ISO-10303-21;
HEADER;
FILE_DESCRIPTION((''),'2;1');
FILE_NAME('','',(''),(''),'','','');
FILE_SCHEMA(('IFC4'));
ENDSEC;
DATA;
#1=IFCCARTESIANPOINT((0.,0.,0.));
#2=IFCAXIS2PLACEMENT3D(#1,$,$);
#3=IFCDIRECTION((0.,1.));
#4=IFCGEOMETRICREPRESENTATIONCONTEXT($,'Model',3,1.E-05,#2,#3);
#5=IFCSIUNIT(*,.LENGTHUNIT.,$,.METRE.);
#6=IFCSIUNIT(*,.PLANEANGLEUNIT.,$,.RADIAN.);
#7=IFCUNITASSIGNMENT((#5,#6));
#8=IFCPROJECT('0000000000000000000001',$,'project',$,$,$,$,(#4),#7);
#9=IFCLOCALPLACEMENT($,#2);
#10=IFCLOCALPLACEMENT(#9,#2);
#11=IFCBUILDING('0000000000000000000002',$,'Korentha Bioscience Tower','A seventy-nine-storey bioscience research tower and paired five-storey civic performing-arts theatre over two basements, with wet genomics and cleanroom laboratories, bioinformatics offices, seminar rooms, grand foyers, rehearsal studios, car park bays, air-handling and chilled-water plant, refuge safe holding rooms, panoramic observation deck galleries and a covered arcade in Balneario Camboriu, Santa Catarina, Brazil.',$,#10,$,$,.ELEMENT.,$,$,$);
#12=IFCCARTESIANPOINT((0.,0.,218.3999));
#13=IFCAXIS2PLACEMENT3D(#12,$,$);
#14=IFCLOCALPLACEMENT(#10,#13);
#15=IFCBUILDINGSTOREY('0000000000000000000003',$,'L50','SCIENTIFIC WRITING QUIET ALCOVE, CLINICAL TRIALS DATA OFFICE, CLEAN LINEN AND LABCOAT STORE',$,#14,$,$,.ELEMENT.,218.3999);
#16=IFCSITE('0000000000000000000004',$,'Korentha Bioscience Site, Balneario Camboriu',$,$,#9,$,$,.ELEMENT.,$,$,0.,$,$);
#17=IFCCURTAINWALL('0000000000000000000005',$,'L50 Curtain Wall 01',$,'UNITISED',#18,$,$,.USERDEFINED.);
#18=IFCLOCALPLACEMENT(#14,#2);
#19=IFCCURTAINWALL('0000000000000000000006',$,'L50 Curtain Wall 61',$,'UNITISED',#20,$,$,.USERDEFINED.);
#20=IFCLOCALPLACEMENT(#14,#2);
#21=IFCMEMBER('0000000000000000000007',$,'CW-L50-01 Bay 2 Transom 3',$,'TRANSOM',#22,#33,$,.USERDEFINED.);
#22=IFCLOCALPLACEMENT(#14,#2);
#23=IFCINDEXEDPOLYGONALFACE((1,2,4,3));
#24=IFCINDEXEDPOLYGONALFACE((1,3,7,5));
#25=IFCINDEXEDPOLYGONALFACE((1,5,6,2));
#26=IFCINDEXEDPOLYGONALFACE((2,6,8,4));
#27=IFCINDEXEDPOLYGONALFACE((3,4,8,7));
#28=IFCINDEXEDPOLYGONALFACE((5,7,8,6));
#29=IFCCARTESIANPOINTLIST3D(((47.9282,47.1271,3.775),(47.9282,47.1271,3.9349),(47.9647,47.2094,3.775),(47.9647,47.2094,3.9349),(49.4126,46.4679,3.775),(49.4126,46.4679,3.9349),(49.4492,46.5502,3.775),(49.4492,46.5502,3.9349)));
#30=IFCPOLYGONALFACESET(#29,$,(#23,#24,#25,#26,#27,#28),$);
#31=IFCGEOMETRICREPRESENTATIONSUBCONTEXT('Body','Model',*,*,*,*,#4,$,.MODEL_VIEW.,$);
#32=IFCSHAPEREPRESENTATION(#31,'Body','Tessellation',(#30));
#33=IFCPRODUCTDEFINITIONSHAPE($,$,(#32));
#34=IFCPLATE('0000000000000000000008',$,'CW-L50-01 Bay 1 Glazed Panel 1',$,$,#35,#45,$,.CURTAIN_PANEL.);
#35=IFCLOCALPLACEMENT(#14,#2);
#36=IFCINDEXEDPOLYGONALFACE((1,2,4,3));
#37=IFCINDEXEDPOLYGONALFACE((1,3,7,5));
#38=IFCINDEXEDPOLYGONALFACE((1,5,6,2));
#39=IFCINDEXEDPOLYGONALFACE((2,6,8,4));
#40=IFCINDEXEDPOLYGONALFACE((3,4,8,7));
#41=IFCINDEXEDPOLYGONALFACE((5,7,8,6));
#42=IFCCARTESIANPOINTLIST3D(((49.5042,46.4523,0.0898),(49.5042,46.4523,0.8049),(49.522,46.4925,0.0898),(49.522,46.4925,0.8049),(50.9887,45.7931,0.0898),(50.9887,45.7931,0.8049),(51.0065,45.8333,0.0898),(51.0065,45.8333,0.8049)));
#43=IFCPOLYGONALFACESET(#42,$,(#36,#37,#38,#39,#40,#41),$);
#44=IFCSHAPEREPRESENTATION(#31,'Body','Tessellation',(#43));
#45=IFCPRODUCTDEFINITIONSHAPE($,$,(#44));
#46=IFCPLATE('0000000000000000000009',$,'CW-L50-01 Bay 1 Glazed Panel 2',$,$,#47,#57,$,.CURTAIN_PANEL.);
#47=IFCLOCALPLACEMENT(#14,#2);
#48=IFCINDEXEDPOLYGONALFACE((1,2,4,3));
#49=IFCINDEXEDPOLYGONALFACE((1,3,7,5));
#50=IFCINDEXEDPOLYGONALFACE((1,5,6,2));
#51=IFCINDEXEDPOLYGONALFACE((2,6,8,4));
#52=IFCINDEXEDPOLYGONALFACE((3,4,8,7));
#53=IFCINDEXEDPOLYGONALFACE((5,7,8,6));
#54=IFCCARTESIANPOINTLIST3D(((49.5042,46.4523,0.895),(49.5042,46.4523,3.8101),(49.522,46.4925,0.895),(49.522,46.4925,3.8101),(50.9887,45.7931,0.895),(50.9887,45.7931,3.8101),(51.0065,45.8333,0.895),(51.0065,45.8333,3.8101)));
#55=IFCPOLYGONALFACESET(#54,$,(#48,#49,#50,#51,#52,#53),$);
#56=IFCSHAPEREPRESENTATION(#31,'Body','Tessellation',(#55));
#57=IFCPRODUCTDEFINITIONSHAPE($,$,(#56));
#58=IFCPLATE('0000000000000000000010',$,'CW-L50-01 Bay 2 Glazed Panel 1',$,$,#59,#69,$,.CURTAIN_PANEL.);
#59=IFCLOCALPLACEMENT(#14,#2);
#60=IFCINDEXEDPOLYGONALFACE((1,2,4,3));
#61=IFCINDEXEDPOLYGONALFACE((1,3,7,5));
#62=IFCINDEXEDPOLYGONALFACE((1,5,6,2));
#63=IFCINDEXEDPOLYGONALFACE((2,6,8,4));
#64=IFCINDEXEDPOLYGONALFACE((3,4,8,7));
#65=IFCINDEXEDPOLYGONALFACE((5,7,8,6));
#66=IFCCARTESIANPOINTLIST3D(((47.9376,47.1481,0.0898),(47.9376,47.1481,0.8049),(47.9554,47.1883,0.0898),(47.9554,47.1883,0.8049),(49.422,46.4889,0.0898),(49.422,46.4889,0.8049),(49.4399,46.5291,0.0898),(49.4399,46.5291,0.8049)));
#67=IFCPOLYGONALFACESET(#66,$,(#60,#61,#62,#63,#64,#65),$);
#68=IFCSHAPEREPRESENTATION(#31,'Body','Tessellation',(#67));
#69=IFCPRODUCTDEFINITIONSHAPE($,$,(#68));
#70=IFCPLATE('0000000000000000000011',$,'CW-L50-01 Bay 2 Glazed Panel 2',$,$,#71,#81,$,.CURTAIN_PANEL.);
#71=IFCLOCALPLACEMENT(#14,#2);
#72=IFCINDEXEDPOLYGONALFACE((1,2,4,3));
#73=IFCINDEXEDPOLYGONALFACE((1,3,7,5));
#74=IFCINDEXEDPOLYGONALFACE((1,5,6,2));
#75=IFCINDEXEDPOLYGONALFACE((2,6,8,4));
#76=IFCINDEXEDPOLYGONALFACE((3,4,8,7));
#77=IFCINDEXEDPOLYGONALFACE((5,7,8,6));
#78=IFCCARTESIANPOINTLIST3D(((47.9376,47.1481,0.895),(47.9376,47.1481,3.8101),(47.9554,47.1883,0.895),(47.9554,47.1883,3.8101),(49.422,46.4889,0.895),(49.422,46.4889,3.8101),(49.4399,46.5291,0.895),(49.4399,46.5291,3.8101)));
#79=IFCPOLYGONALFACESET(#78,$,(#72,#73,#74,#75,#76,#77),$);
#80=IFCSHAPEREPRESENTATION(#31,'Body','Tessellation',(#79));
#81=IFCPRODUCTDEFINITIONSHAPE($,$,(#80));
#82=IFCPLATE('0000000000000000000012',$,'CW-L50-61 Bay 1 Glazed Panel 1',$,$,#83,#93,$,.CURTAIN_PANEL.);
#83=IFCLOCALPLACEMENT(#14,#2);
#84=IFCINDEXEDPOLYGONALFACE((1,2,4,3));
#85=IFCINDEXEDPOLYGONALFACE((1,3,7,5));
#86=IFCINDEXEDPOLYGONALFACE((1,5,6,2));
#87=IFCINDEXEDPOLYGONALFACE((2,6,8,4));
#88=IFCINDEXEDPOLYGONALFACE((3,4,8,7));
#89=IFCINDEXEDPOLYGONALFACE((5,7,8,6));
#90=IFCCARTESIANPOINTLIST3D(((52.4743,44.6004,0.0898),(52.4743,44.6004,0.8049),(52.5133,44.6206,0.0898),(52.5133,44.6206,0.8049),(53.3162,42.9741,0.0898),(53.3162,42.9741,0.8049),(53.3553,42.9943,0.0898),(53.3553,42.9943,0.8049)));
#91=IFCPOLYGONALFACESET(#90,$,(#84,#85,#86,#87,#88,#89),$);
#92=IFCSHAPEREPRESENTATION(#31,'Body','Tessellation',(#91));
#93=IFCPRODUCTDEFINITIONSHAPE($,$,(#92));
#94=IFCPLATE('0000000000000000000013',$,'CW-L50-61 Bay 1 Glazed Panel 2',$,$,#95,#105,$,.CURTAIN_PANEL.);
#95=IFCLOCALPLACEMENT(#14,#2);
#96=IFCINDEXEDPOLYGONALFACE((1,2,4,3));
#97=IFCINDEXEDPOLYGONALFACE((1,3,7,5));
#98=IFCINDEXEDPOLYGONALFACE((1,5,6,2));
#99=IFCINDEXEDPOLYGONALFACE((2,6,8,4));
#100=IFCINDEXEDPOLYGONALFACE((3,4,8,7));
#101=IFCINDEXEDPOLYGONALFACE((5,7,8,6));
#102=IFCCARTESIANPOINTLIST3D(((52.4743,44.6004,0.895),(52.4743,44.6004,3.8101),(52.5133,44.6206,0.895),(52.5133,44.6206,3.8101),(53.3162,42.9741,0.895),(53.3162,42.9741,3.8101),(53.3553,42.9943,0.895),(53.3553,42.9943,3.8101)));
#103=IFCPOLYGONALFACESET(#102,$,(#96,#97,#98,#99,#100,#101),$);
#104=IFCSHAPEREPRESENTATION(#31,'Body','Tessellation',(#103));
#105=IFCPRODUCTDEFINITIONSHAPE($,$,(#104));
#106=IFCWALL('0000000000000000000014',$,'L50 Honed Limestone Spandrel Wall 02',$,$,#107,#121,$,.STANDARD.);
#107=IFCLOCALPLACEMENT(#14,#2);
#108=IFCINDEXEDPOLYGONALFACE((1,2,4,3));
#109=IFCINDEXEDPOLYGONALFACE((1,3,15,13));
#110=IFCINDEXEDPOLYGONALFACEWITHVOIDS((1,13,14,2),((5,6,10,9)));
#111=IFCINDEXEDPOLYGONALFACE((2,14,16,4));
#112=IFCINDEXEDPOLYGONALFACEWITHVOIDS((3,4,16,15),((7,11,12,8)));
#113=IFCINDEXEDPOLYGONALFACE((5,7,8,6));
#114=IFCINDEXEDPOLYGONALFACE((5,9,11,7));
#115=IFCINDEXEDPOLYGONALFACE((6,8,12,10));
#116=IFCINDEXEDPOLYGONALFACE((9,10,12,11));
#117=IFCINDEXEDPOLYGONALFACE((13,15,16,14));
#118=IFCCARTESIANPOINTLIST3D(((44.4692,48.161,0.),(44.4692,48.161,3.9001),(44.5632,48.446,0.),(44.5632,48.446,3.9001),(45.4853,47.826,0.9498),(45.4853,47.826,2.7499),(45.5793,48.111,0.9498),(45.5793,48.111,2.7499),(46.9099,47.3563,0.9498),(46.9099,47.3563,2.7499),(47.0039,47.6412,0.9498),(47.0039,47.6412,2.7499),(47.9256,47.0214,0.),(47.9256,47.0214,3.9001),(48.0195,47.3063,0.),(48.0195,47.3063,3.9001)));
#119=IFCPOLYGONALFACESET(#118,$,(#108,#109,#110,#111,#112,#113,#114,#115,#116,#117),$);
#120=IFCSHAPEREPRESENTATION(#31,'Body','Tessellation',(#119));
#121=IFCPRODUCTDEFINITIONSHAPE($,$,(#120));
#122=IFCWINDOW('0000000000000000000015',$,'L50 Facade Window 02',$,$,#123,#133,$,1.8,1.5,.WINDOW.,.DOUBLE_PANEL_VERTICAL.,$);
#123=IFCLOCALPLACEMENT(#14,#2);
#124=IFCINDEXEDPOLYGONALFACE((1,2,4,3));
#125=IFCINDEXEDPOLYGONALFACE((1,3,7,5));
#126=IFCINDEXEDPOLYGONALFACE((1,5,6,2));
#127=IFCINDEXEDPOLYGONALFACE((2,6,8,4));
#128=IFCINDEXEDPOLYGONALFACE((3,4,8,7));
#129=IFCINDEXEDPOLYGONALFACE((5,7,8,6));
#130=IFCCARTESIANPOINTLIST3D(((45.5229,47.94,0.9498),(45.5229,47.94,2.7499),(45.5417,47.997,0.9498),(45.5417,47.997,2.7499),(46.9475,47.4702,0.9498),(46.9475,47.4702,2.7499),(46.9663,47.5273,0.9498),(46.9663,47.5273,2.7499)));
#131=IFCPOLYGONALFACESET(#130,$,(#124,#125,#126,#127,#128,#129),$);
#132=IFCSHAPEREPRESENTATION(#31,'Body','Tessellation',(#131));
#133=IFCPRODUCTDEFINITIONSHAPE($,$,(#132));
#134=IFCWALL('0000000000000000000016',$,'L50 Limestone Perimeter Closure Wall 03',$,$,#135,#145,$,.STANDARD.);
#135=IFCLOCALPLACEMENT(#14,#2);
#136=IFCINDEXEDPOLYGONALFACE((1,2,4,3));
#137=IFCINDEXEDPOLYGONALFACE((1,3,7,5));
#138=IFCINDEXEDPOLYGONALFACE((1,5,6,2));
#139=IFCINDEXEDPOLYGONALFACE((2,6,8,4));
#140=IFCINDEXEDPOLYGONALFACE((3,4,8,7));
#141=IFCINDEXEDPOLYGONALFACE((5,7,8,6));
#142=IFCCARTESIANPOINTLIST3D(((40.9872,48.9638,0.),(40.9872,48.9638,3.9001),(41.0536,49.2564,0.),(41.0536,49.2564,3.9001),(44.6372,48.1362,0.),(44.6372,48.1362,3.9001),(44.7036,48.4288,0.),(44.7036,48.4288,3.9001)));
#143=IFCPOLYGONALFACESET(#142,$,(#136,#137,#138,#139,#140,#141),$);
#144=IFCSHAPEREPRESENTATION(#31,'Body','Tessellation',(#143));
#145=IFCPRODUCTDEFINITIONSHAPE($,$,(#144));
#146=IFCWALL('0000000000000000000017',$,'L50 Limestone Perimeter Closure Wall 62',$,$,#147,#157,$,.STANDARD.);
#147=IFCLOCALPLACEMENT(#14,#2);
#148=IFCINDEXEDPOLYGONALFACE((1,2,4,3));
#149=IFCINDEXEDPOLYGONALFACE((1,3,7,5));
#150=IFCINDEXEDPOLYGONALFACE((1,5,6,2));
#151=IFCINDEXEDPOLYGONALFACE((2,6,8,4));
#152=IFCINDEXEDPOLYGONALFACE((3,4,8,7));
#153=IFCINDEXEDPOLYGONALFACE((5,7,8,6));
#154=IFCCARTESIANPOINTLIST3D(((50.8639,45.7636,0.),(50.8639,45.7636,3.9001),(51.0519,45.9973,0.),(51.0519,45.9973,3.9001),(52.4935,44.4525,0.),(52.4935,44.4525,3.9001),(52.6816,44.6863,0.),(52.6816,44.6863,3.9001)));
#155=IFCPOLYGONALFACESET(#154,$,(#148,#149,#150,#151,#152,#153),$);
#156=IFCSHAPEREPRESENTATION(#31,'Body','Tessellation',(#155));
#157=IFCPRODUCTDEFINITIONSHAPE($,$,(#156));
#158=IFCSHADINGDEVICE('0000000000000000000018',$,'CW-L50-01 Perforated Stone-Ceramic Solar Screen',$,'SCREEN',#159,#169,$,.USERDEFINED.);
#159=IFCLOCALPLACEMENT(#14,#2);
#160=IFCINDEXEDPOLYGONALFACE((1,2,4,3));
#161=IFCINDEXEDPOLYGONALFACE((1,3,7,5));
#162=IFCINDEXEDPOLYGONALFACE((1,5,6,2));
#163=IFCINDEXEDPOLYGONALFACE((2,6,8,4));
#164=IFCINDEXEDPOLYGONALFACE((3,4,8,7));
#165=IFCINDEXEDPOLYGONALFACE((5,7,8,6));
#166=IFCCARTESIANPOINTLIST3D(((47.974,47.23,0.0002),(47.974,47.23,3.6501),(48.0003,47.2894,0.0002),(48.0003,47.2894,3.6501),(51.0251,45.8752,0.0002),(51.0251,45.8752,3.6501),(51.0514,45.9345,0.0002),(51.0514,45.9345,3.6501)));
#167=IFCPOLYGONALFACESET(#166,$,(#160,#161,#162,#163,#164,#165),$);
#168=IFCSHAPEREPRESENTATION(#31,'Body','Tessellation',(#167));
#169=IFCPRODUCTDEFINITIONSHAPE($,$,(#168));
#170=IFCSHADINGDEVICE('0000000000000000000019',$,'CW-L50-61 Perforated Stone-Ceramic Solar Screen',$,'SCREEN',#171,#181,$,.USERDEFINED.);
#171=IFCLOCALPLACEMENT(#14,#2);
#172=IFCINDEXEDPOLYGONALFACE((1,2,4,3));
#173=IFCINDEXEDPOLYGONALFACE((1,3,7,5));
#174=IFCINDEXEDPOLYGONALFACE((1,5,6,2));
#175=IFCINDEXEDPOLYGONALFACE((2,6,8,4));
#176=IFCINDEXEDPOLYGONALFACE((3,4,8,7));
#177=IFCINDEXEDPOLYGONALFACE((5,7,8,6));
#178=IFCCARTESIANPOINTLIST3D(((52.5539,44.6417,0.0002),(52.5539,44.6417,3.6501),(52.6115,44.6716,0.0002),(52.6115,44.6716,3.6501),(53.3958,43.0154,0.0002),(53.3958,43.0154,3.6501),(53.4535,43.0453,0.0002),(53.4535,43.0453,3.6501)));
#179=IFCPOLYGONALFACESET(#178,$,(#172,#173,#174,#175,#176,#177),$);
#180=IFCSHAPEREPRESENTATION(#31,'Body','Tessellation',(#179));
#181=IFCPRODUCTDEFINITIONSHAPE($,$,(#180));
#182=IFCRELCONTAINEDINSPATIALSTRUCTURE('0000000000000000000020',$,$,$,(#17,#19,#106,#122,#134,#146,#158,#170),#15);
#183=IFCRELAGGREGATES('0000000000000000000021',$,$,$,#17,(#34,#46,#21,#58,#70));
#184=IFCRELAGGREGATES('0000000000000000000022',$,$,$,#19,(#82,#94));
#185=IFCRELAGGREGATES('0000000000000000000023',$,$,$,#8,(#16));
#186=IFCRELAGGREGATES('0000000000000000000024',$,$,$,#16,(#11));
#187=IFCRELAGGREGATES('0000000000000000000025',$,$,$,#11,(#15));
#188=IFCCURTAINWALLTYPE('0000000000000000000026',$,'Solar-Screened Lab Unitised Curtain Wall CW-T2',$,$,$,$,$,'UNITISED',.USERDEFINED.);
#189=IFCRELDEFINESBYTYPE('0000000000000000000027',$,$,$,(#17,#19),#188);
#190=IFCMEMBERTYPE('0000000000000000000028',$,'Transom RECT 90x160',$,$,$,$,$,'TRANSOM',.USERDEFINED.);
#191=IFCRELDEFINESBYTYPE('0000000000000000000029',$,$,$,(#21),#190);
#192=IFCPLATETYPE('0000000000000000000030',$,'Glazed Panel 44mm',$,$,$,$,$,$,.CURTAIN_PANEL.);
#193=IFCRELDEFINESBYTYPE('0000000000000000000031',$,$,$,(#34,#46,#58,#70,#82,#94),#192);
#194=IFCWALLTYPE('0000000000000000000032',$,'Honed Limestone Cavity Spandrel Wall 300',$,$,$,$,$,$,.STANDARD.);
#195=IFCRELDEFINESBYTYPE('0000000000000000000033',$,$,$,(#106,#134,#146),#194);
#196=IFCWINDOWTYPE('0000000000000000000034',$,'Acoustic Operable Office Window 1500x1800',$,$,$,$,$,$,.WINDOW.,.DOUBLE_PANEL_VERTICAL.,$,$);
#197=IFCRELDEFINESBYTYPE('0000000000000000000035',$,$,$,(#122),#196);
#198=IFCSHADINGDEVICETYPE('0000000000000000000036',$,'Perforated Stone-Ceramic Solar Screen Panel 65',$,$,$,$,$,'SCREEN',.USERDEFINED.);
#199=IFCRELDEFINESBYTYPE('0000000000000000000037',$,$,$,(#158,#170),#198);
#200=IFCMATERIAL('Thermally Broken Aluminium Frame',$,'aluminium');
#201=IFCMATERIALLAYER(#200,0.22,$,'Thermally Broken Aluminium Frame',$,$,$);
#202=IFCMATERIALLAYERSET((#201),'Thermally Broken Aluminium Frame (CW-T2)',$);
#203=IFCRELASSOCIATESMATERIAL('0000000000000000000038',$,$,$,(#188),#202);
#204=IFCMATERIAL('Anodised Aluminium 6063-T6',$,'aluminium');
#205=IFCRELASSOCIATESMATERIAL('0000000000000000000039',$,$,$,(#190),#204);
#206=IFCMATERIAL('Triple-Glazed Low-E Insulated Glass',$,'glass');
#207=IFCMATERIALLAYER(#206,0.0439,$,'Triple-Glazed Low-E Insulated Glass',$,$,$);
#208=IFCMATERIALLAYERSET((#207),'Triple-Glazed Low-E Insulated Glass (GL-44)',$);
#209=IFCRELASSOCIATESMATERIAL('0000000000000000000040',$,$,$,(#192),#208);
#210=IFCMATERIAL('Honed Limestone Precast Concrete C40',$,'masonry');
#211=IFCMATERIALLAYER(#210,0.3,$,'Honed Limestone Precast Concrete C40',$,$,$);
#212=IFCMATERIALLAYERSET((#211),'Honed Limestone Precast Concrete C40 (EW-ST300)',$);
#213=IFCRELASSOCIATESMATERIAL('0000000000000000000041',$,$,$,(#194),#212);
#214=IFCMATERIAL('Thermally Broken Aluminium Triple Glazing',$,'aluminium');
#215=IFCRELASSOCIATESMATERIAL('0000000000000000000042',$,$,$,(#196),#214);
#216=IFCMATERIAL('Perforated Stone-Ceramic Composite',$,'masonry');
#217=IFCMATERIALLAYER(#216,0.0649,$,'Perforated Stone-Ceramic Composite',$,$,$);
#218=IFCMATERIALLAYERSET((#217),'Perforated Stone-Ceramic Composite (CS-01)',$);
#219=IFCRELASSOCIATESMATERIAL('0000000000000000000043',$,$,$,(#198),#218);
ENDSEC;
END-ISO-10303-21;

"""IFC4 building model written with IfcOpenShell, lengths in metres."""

from ifc_helpers import new_model, si_unit, direction, frame, frame_2d, origin, origin_2d, place, context, subcontext, project, spatial, rectangle, extrude, material, layer, layer_set, material_profile, profile_set, type_object, element, fill, aggregate, save


model = new_model("IFC4")

# Units and contexts
model_context = context("Model", 3, precision=1e-05, world=origin(), true_north=direction((0.0, 1.0)))
body_context = subcontext(model_context, "Body", "Model", "MODEL_VIEW")
ifc_project = project(units=[si_unit("LENGTHUNIT", "METRE"), si_unit("PLANEANGLEUNIT", "RADIAN")], contexts=[model_context])

# Site, building, storey
site_placement = place(None, origin())
site = spatial("IfcSite", under=ifc_project, at=site_placement, Name="Korentha Bioscience Site, Balneario Camboriu", CompositionType="ELEMENT", RefElevation=0.0)
building_placement = place(site_placement, origin())
building = spatial("IfcBuilding", under=site, at=building_placement, Name="Korentha Bioscience Tower", Description="A seventy-nine-storey bioscience research tower and paired five-storey civic performing-arts theatre over two basements, with wet genomics and cleanroom laboratories, bioinformatics offices, seminar rooms, grand foyers, rehearsal studios, car park bays, air-handling and chilled-water plant, refuge safe holding rooms, panoramic observation deck galleries and a covered arcade in Balneario Camboriu, Santa Catarina, Brazil.", CompositionType="ELEMENT")
storey_placement = place(building_placement, frame((0.0, 0.0, 218.3999)))
storey = spatial("IfcBuildingStorey", under=building, at=storey_placement, Name="L50", Description="SCIENTIFIC WRITING QUIET ALCOVE, CLINICAL TRIALS DATA OFFICE, CLEAN LINEN AND LABCOAT STORE", CompositionType="ELEMENT", Elevation=218.3999)

# Curtain wall
ifc_material_1 = material(Name="Thermally Broken Aluminium Frame", Category="aluminium")
ifc_layer_1 = layer(ifc_material_1, 0.22, Name="Thermally Broken Aluminium Frame")
ifc_layer_set_1 = layer_set([ifc_layer_1], Name="Thermally Broken Aluminium Frame (CW-T2)")
curtain_wall_type = type_object("IfcCurtainWallType", Name="Solar-Screened Lab Unitised Curtain Wall CW-T2", ElementType="UNITISED", PredefinedType="USERDEFINED", material=ifc_layer_set_1)
curtain_wall_1_placement = place(storey_placement, origin())
curtain_wall_1 = element("IfcCurtainWall", 1, at=curtain_wall_1_placement, inside=storey, type_object=curtain_wall_type, Name="L50 Curtain Wall 01", ObjectType="UNITISED", PredefinedType="USERDEFINED")
ifc_material_2 = material(Name="Anodised Aluminium 6063-T6", Category="aluminium")

# Curtain wall
curtain_wall_2_placement = place(storey_placement, origin())
curtain_wall_2 = element("IfcCurtainWall", 2, at=curtain_wall_2_placement, inside=storey, type_object=curtain_wall_type, Name="L50 Curtain Wall 61", ObjectType="UNITISED", PredefinedType="USERDEFINED")

# Member
ifc_material_profile_1 = material_profile(ifc_material_2, rectangle(XDim=0.0901, YDim=0.1599, at=origin_2d()), Name="Anodised Aluminium 6063-T6")
ifc_profile_set_1 = profile_set([ifc_material_profile_1], Name="Anodised Aluminium 6063-T6 (CW-TRN)")
member_type_1 = type_object("IfcMemberType", Name="Transom RECT 90x160", ElementType="TRANSOM", PredefinedType="USERDEFINED", material=ifc_profile_set_1)
member_1_placement = place(storey_placement, frame((49.4309, 46.509, 3.855), z_axis=(-0.913935, 0.40586, 0.0), x_axis=(-0.40586, -0.913935, 0.0)))
member_1 = element("IfcMember", 3, at=member_1_placement, type_object=member_type_1, Name="CW-L50-01 Bay 2 Transom 3", ObjectType="TRANSOM", PredefinedType="USERDEFINED", context=body_context, shape_type="SweptSolid", body=[
    extrude(rectangle(XDim=0.0901, YDim=0.1599, at=origin_2d()), origin(), (0.0, 0.0, 1.0), 1.6243),
])

# Plates
ifc_material_3 = material(Name="Triple-Glazed Low-E Insulated Glass", Category="glass")
ifc_layer_2 = layer(ifc_material_3, 0.0439, Name="Triple-Glazed Low-E Insulated Glass")
ifc_layer_set_2 = layer_set([ifc_layer_2], Name="Triple-Glazed Low-E Insulated Glass (GL-44)")
plate_type = type_object("IfcPlateType", Name="Glazed Panel 44mm", PredefinedType="CURTAIN_PANEL", material=ifc_layer_set_2)
plate_1_placement = place(storey_placement, frame((50.2554, 46.1428, 0.0898), z_axis=(0.0, 0.0, 1.0), x_axis=(-0.913944, 0.40584, 0.0)))
plate_1 = element("IfcPlate", 4, at=plate_1_placement, type_object=plate_type, Name="CW-L50-01 Bay 1 Glazed Panel 1", PredefinedType="CURTAIN_PANEL", context=body_context, shape_type="SweptSolid", body=[
    extrude(rectangle(XDim=1.6243, YDim=0.0439, at=origin_2d()), origin(), (0.0, 0.0, 1.0), 0.7151),
])
plate_2_placement = place(storey_placement, frame((50.2554, 46.1428, 0.895), z_axis=(0.0, 0.0, 1.0), x_axis=(-0.913944, 0.40584, 0.0)))
plate_2 = element("IfcPlate", 5, at=plate_2_placement, type_object=plate_type, Name="CW-L50-01 Bay 1 Glazed Panel 2", PredefinedType="CURTAIN_PANEL", context=body_context, shape_type="SweptSolid", body=[
    extrude(rectangle(XDim=1.6243, YDim=0.0439, at=origin_2d()), origin(), (0.0, 0.0, 1.0), 2.915),
])
plate_3_placement = place(storey_placement, frame((48.6887, 46.8386, 0.0898), z_axis=(0.0, 0.0, 1.0), x_axis=(-0.913944, 0.40584, 0.0)))
plate_3 = element("IfcPlate", 6, at=plate_3_placement, type_object=plate_type, Name="CW-L50-01 Bay 2 Glazed Panel 1", PredefinedType="CURTAIN_PANEL", context=body_context, shape_type="SweptSolid", body=[
    extrude(rectangle(XDim=1.6243, YDim=0.0439, at=origin_2d()), origin(), (0.0, 0.0, 1.0), 0.7151),
])
plate_4_placement = place(storey_placement, frame((48.6887, 46.8386, 0.895), z_axis=(0.0, 0.0, 1.0), x_axis=(-0.913944, 0.40584, 0.0)))
plate_4 = element("IfcPlate", 7, at=plate_4_placement, type_object=plate_type, Name="CW-L50-01 Bay 2 Glazed Panel 2", PredefinedType="CURTAIN_PANEL", context=body_context, shape_type="SweptSolid", body=[
    extrude(rectangle(XDim=1.6243, YDim=0.0439, at=origin_2d()), origin(), (0.0, 0.0, 1.0), 2.915),
])
aggregate(curtain_wall_1, [plate_1, plate_2, member_1, plate_3, plate_4])
plate_5_placement = place(storey_placement, frame((52.9148, 43.7974, 0.0898), z_axis=(0.0, 0.0, 1.0), x_axis=(-0.459738, 0.888055, 0.0)))
plate_5 = element("IfcPlate", 8, at=plate_5_placement, type_object=plate_type, Name="CW-L50-61 Bay 1 Glazed Panel 1", PredefinedType="CURTAIN_PANEL", context=body_context, shape_type="SweptSolid", body=[
    extrude(rectangle(XDim=1.8313, YDim=0.0439, at=origin_2d()), origin(), (0.0, 0.0, 1.0), 0.7151),
])
plate_6_placement = place(storey_placement, frame((52.9148, 43.7974, 0.895), z_axis=(0.0, 0.0, 1.0), x_axis=(-0.459738, 0.888055, 0.0)))
plate_6 = element("IfcPlate", 9, at=plate_6_placement, type_object=plate_type, Name="CW-L50-61 Bay 1 Glazed Panel 2", PredefinedType="CURTAIN_PANEL", context=body_context, shape_type="SweptSolid", body=[
    extrude(rectangle(XDim=1.8313, YDim=0.0439, at=origin_2d()), origin(), (0.0, 0.0, 1.0), 2.915),
])
aggregate(curtain_wall_2, [plate_5, plate_6])

# Wall, opening, window
ifc_material_4 = material(Name="Honed Limestone Precast Concrete C40", Category="masonry")
ifc_layer_3 = layer(ifc_material_4, 0.3, Name="Honed Limestone Precast Concrete C40")
ifc_layer_set_3 = layer_set([ifc_layer_3], Name="Honed Limestone Precast Concrete C40 (EW-ST300)")
wall_type = type_object("IfcWallType", Name="Honed Limestone Cavity Spandrel Wall 300", PredefinedType="STANDARD", material=ifc_layer_set_3)
wall_1_placement = place(storey_placement, frame((47.9727, 47.1638, 0.0), z_axis=(0.0, 0.0, 1.0), x_axis=(-0.949705, 0.313147, 0.0)))
wall_1 = element("IfcWall", 10, at=wall_1_placement, inside=storey, type_object=wall_type, Name="L50 Honed Limestone Spandrel Wall 02", PredefinedType="STANDARD", context=body_context, shape_type="SweptSolid", body=[
    extrude(rectangle(XDim=3.6394, YDim=0.3, at=frame_2d((1.8198, 0.0))), origin(), (0.0, 0.0, 1.0), 3.9001),
])
opening_placement = place(wall_1_placement, frame((1.0696, 0.0, 0.95)))
opening = element("IfcOpeningElement", 11, at=opening_placement, cuts=wall_1, PredefinedType="OPENING", context=body_context, shape_type="SweptSolid", body=[
    extrude(rectangle(XDim=1.5, YDim=1.8, at=frame_2d((0.75, 0.8999))), frame((0.0, 0.165, 0.0), z_axis=(0.0, -1.0, 0.0), x_axis=(1.0, 0.0, 0.0)), (0.0, 0.0, 1.0), 0.3298),
])
ifc_material_5 = material(Name="Thermally Broken Aluminium Triple Glazing", Category="aluminium")
window_type = type_object("IfcWindowType", Name="Acoustic Operable Office Window 1500x1800", PartitioningType="DOUBLE_PANEL_VERTICAL", PredefinedType="WINDOW", material=ifc_material_5)
window_placement = place(opening_placement, origin())
window = element("IfcWindow", 12, at=window_placement, inside=storey, type_object=window_type, Name="L50 Facade Window 02", OverallHeight=1.8, OverallWidth=1.5, PartitioningType="DOUBLE_PANEL_VERTICAL", PredefinedType="WINDOW", context=body_context, shape_type="SweptSolid", body=[
    extrude(rectangle(XDim=1.5, YDim=1.8, at=frame_2d((0.75, 0.8999))), frame((0.0, 0.03, 0.0), z_axis=(0.0, -1.0, 0.0), x_axis=(1.0, 0.0, 0.0)), (0.0, 0.0, 1.0), 0.0601),
])
fill(opening, window)

# Walls
wall_2_placement = place(storey_placement, frame((44.6704, 48.2825, 0.0), z_axis=(0.0, 0.0, 1.0), x_axis=(-0.975242, 0.221142, 0.0)))
element("IfcWall", 13, at=wall_2_placement, inside=storey, type_object=wall_type, Name="L50 Limestone Perimeter Closure Wall 03", PredefinedType="STANDARD", context=body_context, shape_type="SweptSolid", body=[
    extrude(rectangle(XDim=3.7427, YDim=0.3, at=frame_2d((1.8713, 0.0))), origin(), (0.0, 0.0, 1.0), 3.9001),
])
wall_3_placement = place(storey_placement, frame((52.5876, 44.5693, 0.0), z_axis=(0.0, 0.0, 1.0), x_axis=(-0.779158, 0.626828, 0.0)))
element("IfcWall", 14, at=wall_3_placement, inside=storey, type_object=wall_type, Name="L50 Limestone Perimeter Closure Wall 62", PredefinedType="STANDARD", context=body_context, shape_type="SweptSolid", body=[
    extrude(rectangle(XDim=2.0916, YDim=0.3, at=frame_2d((1.0459, 0.0))), origin(), (0.0, 0.0, 1.0), 3.9001),
])

# Shading devices
ifc_material_6 = material(Name="Perforated Stone-Ceramic Composite", Category="masonry")
ifc_layer_4 = layer(ifc_material_6, 0.0649, Name="Perforated Stone-Ceramic Composite")
ifc_layer_set_4 = layer_set([ifc_layer_4], Name="Perforated Stone-Ceramic Composite (CS-01)")
shading_device_type_1 = type_object("IfcShadingDeviceType", Name="Perforated Stone-Ceramic Solar Screen Panel 65", ElementType="SCREEN", PredefinedType="USERDEFINED", material=ifc_layer_set_4)
shading_device_1_placement = place(storey_placement, frame((49.5127, 46.5823, 0.0002), z_axis=(0.0, 0.0, 1.0), x_axis=(-0.913944, 0.40584, 0.0)))
element("IfcShadingDevice", 15, at=shading_device_1_placement, inside=storey, type_object=shading_device_type_1, Name="CW-L50-01 Perforated Stone-Ceramic Solar Screen", ObjectType="SCREEN", PredefinedType="USERDEFINED", context=body_context, shape_type="SweptSolid", body=[
    extrude(rectangle(XDim=3.3384, YDim=0.0649, at=origin_2d()), origin(), (0.0, 0.0, 1.0), 3.6499),
])
shading_device_2_placement = place(storey_placement, frame((53.0037, 43.8435, 0.0002), z_axis=(0.0, 0.0, 1.0), x_axis=(-0.459738, 0.888055, 0.0)))
element("IfcShadingDevice", 16, at=shading_device_2_placement, inside=storey, type_object=shading_device_type_1, Name="CW-L50-61 Perforated Stone-Ceramic Solar Screen", ObjectType="SCREEN", PredefinedType="USERDEFINED", context=body_context, shape_type="SweptSolid", body=[
    extrude(rectangle(XDim=1.8313, YDim=0.0649, at=origin_2d()), origin(), (0.0, 0.0, 1.0), 3.6499),
])

save(model, "model.ifc")
